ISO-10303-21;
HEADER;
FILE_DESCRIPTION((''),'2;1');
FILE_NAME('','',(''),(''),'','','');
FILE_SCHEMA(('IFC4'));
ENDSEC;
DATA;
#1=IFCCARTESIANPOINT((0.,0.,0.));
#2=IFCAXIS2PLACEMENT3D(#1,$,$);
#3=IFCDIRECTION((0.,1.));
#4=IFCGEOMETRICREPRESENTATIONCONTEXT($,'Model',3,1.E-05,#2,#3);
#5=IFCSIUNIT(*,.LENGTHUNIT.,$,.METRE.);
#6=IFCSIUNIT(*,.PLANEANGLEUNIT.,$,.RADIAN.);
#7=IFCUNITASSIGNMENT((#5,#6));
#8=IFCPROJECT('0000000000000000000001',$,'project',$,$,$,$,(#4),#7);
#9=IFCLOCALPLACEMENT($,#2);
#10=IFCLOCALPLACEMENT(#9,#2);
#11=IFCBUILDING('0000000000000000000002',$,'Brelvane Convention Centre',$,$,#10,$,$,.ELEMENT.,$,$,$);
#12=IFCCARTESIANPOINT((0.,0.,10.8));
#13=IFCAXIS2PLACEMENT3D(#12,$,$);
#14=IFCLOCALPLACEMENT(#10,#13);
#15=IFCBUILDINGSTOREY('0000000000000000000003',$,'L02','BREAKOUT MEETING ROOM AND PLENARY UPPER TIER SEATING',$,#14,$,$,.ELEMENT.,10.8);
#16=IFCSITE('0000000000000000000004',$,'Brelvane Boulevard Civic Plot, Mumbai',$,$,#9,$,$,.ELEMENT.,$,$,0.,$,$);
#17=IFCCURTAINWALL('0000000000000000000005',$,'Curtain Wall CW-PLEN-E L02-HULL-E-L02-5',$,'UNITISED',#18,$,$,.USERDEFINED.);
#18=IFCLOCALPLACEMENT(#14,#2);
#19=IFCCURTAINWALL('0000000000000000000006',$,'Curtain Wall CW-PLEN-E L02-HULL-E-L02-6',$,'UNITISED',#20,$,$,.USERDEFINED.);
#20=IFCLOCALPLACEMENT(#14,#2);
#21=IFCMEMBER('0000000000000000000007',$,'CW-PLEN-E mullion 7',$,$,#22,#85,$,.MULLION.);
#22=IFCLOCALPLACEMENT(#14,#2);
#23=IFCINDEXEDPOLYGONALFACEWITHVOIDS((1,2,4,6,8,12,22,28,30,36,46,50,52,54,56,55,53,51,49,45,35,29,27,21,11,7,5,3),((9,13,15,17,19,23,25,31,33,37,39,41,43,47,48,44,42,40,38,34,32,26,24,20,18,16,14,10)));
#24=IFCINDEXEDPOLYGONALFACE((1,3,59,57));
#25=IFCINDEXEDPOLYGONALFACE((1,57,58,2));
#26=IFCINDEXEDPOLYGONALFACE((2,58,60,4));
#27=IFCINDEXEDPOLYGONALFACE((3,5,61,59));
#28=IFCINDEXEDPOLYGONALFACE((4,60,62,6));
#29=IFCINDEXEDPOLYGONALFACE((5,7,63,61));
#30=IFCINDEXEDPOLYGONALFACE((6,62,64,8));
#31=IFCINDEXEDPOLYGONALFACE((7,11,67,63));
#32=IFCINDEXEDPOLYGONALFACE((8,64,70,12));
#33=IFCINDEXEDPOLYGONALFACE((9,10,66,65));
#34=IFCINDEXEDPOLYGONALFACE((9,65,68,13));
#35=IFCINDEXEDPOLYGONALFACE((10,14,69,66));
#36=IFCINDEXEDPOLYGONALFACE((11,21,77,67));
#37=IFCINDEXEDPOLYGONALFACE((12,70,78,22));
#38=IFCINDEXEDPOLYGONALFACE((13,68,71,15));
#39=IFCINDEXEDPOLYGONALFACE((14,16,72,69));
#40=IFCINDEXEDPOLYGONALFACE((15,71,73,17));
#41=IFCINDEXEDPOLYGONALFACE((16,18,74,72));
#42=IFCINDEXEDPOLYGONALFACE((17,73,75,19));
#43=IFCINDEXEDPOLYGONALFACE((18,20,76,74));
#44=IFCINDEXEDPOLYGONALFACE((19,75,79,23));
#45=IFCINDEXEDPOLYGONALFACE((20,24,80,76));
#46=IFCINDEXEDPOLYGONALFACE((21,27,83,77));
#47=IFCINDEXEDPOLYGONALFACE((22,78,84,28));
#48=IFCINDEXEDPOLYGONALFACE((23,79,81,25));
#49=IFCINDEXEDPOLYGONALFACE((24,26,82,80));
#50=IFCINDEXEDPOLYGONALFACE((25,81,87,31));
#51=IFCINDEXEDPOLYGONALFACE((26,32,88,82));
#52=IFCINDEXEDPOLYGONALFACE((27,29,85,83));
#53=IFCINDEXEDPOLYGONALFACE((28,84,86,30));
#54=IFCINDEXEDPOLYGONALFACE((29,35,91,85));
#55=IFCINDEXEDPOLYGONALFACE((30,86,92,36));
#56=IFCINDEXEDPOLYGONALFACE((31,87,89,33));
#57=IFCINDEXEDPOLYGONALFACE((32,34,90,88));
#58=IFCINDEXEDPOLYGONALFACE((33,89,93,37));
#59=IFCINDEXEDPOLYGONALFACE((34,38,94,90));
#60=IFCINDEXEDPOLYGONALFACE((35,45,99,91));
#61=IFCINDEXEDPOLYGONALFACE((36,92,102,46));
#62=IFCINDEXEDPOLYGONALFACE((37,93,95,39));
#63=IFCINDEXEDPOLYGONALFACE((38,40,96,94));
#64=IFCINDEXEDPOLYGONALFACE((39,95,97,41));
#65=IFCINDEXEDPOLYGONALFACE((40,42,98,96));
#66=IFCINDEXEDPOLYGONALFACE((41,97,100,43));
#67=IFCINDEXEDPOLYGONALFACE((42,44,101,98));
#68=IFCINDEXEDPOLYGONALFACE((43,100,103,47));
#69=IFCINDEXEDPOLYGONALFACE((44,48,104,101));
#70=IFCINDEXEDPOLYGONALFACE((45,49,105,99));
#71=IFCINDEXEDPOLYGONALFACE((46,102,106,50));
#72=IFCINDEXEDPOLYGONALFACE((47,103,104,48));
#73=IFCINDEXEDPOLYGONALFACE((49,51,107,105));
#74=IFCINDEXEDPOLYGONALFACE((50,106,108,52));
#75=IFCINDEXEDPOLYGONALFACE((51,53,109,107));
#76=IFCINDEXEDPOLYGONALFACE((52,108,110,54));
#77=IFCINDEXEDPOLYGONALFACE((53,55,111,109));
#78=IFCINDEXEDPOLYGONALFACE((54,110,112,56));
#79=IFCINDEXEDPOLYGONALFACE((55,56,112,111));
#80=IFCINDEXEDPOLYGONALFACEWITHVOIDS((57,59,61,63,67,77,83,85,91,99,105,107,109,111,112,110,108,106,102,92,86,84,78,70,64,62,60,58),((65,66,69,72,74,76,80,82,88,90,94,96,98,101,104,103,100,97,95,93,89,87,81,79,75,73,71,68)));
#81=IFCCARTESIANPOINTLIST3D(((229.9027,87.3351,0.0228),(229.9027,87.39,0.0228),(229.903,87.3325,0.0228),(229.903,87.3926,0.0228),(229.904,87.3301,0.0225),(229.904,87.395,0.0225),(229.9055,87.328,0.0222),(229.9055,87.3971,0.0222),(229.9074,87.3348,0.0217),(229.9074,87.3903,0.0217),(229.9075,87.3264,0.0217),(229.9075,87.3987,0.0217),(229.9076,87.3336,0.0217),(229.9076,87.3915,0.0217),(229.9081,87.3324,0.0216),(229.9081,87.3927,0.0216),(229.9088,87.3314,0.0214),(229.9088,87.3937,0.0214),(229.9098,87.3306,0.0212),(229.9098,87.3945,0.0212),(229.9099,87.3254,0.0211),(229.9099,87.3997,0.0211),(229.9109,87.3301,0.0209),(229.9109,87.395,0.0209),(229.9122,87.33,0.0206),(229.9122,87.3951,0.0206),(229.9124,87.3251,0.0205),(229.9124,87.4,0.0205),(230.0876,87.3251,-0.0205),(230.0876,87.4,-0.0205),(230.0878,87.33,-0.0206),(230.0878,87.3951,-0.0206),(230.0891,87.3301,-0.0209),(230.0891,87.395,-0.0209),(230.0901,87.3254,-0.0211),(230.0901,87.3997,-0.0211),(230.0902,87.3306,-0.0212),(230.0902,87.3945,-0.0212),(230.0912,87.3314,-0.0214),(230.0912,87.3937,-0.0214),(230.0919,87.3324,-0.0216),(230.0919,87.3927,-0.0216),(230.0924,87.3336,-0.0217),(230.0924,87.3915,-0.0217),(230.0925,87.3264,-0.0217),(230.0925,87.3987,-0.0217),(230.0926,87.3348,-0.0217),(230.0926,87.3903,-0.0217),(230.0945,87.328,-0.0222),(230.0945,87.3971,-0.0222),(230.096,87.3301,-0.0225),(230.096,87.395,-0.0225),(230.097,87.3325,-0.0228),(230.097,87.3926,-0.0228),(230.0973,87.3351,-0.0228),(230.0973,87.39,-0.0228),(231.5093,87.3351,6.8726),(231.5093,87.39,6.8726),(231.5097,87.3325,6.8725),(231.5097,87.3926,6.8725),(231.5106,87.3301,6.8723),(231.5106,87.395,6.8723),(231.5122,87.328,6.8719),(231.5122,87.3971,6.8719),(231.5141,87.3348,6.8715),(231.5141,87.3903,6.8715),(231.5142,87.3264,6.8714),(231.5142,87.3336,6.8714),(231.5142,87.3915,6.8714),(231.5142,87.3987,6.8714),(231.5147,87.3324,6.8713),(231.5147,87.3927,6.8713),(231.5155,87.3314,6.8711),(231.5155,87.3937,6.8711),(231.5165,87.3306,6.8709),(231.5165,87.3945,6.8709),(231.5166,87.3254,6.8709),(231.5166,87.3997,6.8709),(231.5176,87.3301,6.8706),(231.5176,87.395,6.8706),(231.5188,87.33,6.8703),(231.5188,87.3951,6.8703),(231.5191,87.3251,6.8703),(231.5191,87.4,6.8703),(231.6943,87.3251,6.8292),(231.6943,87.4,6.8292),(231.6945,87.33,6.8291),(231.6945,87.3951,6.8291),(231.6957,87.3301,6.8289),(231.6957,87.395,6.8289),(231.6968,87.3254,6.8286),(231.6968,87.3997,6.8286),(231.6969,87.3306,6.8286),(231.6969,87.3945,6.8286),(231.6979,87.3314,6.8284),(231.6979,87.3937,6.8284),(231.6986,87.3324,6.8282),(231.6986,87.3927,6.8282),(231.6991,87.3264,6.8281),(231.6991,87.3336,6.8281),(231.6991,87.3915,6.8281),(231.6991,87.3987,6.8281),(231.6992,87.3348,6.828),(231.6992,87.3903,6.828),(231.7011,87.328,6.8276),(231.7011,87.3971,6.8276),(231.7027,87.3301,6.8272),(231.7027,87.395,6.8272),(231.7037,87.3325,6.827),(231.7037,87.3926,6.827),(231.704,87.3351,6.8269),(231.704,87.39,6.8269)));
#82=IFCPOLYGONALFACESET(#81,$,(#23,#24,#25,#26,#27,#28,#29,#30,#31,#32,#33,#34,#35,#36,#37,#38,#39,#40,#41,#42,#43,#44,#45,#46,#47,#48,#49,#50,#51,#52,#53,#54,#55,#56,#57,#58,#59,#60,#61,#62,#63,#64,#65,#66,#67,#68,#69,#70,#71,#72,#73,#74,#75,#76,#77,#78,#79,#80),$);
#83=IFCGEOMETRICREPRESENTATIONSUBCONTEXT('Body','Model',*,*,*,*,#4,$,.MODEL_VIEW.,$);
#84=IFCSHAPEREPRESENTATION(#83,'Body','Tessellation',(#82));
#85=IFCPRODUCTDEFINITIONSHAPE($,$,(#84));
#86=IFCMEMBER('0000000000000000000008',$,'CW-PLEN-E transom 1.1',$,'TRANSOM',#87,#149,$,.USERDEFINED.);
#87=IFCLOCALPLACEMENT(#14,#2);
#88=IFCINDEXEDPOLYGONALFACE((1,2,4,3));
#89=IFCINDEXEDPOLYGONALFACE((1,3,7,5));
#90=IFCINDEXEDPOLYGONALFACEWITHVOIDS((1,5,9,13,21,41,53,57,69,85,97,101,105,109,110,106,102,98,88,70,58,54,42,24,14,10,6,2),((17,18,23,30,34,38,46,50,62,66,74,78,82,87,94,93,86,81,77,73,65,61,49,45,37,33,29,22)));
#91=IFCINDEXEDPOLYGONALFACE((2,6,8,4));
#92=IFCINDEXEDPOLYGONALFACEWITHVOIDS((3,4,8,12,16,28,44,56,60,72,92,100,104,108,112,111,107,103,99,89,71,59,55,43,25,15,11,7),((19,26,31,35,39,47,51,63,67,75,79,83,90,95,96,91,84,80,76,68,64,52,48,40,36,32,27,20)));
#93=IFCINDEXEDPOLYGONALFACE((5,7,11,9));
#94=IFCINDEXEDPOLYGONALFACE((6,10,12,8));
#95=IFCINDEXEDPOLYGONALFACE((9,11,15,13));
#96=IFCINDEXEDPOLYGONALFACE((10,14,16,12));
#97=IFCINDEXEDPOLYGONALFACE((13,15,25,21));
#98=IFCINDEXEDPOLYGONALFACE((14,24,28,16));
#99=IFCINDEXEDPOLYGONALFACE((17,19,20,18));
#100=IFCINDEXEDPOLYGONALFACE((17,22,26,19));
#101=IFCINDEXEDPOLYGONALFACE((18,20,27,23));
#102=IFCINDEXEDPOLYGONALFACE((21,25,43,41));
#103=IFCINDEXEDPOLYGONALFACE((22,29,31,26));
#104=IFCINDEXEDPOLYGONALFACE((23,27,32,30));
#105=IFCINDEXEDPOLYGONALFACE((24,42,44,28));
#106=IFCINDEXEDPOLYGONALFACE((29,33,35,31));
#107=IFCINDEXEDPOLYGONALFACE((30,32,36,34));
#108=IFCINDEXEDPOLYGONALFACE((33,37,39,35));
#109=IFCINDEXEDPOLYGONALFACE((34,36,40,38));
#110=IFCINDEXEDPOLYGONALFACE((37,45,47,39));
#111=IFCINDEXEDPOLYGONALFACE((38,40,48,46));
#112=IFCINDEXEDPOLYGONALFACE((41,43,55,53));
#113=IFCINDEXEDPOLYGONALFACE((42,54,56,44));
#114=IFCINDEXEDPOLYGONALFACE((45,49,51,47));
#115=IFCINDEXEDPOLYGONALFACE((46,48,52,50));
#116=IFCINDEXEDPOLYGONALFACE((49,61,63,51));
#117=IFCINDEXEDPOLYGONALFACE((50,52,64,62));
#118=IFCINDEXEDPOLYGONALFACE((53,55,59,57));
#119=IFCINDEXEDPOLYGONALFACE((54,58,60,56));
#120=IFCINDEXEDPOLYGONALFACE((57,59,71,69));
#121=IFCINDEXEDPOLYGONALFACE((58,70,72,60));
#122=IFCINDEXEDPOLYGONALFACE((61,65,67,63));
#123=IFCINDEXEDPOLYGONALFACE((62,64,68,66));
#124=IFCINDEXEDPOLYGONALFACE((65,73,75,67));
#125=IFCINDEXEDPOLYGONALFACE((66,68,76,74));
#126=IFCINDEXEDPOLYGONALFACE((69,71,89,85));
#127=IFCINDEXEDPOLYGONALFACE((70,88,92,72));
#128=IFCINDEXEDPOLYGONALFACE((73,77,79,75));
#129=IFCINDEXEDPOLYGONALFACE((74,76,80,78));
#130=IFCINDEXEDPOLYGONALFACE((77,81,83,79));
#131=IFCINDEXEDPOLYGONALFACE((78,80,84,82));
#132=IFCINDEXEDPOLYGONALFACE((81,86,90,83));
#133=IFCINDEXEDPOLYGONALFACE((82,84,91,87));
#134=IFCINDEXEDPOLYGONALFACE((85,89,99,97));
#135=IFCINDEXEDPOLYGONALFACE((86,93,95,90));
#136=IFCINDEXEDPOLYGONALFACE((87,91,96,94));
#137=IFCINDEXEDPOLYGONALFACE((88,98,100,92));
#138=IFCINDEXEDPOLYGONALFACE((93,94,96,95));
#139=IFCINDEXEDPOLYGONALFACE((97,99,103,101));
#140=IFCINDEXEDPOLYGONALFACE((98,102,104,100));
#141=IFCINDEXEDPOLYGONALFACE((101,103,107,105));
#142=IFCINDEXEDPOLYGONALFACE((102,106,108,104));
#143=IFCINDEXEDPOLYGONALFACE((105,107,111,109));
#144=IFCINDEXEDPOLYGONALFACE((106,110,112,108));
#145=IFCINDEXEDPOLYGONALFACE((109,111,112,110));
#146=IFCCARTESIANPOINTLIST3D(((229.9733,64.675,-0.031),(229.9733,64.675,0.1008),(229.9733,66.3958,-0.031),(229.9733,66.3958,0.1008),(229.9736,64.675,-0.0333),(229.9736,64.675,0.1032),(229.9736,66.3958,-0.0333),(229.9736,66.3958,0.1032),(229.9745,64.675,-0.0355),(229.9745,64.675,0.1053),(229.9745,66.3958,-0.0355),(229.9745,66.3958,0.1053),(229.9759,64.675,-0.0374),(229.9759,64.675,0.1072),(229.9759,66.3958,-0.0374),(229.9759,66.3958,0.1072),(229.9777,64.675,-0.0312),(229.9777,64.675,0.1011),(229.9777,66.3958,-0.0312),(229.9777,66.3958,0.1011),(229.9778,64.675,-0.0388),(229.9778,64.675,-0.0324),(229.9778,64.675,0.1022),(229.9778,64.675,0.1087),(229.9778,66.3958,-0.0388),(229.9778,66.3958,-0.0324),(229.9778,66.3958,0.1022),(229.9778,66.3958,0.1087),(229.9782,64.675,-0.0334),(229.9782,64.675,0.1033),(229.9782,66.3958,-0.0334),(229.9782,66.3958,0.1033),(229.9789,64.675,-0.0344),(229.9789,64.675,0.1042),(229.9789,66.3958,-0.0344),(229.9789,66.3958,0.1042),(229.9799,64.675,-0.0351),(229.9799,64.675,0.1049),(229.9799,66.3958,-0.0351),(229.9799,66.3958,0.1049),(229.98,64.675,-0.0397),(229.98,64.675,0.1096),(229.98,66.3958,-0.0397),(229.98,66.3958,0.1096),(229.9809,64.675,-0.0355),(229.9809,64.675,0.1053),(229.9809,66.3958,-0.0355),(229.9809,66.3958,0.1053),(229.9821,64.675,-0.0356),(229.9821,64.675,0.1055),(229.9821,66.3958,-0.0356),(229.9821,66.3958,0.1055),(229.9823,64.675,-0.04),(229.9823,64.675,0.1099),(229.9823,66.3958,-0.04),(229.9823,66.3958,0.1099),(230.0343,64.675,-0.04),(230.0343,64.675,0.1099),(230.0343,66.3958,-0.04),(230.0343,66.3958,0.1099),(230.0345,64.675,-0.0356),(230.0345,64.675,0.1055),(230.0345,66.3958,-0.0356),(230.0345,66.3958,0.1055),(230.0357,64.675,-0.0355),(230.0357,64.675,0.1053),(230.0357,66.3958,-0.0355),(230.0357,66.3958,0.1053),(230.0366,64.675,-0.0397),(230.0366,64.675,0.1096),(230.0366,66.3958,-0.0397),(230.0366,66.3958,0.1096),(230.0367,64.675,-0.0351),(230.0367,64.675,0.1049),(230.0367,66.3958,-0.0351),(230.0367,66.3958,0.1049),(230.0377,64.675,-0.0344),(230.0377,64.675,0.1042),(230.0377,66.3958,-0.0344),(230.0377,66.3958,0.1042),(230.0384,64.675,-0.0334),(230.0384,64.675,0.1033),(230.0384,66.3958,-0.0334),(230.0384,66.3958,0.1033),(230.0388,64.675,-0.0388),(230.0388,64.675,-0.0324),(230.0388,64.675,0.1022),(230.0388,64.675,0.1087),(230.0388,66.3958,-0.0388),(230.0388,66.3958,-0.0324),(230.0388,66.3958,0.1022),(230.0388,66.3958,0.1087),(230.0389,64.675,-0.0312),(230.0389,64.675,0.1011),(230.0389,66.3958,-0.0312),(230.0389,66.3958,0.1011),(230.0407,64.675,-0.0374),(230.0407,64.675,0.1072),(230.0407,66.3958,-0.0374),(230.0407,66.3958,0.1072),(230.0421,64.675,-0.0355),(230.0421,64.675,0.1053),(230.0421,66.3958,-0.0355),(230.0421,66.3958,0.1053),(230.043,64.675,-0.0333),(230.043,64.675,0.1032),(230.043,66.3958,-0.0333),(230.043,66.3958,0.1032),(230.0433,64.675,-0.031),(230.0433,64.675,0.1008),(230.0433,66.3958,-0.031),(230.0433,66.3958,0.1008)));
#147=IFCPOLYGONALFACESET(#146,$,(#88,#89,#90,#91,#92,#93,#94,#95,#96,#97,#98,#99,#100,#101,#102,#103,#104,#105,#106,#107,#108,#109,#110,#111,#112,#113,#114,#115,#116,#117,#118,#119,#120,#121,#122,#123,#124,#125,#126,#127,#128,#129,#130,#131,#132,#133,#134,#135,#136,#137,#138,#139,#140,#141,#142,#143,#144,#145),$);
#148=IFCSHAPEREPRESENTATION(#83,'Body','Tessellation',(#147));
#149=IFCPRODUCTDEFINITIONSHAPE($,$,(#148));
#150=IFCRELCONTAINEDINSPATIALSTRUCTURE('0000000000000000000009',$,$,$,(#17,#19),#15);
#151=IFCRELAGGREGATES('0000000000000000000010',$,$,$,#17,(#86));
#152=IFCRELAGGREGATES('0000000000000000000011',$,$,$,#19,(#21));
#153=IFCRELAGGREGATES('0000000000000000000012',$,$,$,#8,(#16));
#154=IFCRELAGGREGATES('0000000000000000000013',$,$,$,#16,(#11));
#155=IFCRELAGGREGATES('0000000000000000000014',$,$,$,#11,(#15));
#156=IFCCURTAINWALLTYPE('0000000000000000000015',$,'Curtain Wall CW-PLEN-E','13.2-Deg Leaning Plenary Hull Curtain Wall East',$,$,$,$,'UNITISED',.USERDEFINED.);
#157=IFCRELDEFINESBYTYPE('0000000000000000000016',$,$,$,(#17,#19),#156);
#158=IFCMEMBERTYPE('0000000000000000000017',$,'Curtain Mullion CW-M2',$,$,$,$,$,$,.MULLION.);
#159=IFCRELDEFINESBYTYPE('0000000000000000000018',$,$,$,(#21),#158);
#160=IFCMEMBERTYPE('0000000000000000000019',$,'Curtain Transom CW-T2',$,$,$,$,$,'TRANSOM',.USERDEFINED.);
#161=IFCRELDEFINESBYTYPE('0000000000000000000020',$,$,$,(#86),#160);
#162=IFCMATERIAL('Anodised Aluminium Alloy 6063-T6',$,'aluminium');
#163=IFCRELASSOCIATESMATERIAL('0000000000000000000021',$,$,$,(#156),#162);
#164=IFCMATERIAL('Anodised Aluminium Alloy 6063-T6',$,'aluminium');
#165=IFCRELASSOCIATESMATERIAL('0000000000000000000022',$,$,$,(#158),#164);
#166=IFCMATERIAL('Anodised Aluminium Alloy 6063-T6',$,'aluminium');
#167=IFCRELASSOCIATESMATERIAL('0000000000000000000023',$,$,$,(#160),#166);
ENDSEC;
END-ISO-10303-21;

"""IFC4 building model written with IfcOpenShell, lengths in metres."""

from ifc_helpers import new_model, si_unit, direction, frame, origin, origin_2d, place, context, subcontext, project, spatial, hollow_rectangle, extrude, material, material_profile, profile_set, type_object, element, aggregate, save


model = new_model("IFC4")

# Units and contexts
model_context = context("Model", 3, precision=1e-05, world=origin(), true_north=direction((0.0, 1.0)))
body_context = subcontext(model_context, "Body", "Model", "MODEL_VIEW")
ifc_project = project(units=[si_unit("LENGTHUNIT", "METRE"), si_unit("PLANEANGLEUNIT", "RADIAN")], contexts=[model_context])

# Site, building, storey
site_placement = place(None, origin())
site = spatial("IfcSite", under=ifc_project, at=site_placement, Name="Brelvane Boulevard Civic Plot, Mumbai", CompositionType="ELEMENT", RefElevation=0.0)
building_placement = place(site_placement, origin())
building = spatial("IfcBuilding", under=site, at=building_placement, Name="Brelvane Convention Centre", CompositionType="ELEMENT")
storey_placement = place(building_placement, frame((0.0, 0.0, 10.8)))
storey = spatial("IfcBuildingStorey", under=building, at=storey_placement, Name="L02", Description="BREAKOUT MEETING ROOM AND PLENARY UPPER TIER SEATING", CompositionType="ELEMENT", Elevation=10.8)

# Curtain walls, member
ifc_material_1 = material(Name="Anodised Aluminium Alloy 6063-T6", Category="aluminium")
curtain_wall_type = type_object("IfcCurtainWallType", Name="Curtain Wall CW-PLEN-E", Description="13.2-Deg Leaning Plenary Hull Curtain Wall East", ElementType="UNITISED", PredefinedType="USERDEFINED", material=ifc_material_1)
curtain_wall_1_placement = place(storey_placement, origin())
curtain_wall_1 = element("IfcCurtainWall", 1, at=curtain_wall_1_placement, inside=storey, type_object=curtain_wall_type, Name="Curtain Wall CW-PLEN-E L02-HULL-E-L02-5", ObjectType="UNITISED", PredefinedType="USERDEFINED")
ifc_material_2 = material(Name="Anodised Aluminium Alloy 6063-T6", Category="aluminium")
ifc_material_profile_1 = material_profile(ifc_material_2, hollow_rectangle(XDim=0.075, YDim=0.2, WallThickness=0.0049, InnerFilletRadius=0.0049, OuterFilletRadius=0.01, at=origin_2d()), Name="ALU-M 200x75x5.0")
ifc_profile_set_1 = profile_set([ifc_material_profile_1], Name="Anodised Aluminium Alloy 6063-T6")
member_type_1 = type_object("IfcMemberType", Name="Curtain Mullion CW-M2", PredefinedType="MULLION", material=ifc_profile_set_1)
curtain_wall_2_placement = place(storey_placement, origin())
curtain_wall_2 = element("IfcCurtainWall", 2, at=curtain_wall_2_placement, inside=storey, type_object=curtain_wall_type, Name="Curtain Wall CW-PLEN-E L02-HULL-E-L02-6", ObjectType="UNITISED", PredefinedType="USERDEFINED")
member_1_placement = place(storey_placement, frame((230.0, 87.3625, 0.0), z_axis=(0.22836, 0.0, 0.973577), x_axis=(0.0, 1.0, 0.0)))
member_1 = element("IfcMember", 3, at=member_1_placement, type_object=member_type_1, Name="CW-PLEN-E mullion 7", PredefinedType="MULLION", context=body_context, shape_type="SweptSolid", body=[
    extrude(hollow_rectangle(XDim=0.075, YDim=0.2, WallThickness=0.0049, InnerFilletRadius=0.0049, OuterFilletRadius=0.01, at=origin_2d()), origin(), (0.0, 0.0, 1.0), 7.0356),
])

# Member
ifc_material_3 = material(Name="Anodised Aluminium Alloy 6063-T6", Category="aluminium")
ifc_material_profile_2 = material_profile(ifc_material_3, hollow_rectangle(XDim=0.0701, YDim=0.1499, WallThickness=0.0044, InnerFilletRadius=0.0044, OuterFilletRadius=0.009, at=origin_2d()), Name="ALU-T 150x70x4.5")
ifc_profile_set_2 = profile_set([ifc_material_profile_2], Name="Anodised Aluminium Alloy 6063-T6")
member_type_2 = type_object("IfcMemberType", Name="Curtain Transom CW-T2", ElementType="TRANSOM", PredefinedType="USERDEFINED", material=ifc_profile_set_2)
member_2_placement = place(storey_placement, frame((230.0083, 64.675, 0.0349), z_axis=(0.0, 1.0, 0.0), x_axis=(-1.0, 0.0, 0.0)))
member_2 = element("IfcMember", 4, at=member_2_placement, type_object=member_type_2, Name="CW-PLEN-E transom 1.1", ObjectType="TRANSOM", PredefinedType="USERDEFINED", context=body_context, shape_type="SweptSolid", body=[
    extrude(hollow_rectangle(XDim=0.0701, YDim=0.1499, WallThickness=0.0044, InnerFilletRadius=0.0044, OuterFilletRadius=0.009, at=origin_2d()), origin(), (0.0, 0.0, 1.0), 1.7207),
])
aggregate(curtain_wall_1, [member_2])
aggregate(curtain_wall_2, [member_1])

save(model, "model.ifc")
